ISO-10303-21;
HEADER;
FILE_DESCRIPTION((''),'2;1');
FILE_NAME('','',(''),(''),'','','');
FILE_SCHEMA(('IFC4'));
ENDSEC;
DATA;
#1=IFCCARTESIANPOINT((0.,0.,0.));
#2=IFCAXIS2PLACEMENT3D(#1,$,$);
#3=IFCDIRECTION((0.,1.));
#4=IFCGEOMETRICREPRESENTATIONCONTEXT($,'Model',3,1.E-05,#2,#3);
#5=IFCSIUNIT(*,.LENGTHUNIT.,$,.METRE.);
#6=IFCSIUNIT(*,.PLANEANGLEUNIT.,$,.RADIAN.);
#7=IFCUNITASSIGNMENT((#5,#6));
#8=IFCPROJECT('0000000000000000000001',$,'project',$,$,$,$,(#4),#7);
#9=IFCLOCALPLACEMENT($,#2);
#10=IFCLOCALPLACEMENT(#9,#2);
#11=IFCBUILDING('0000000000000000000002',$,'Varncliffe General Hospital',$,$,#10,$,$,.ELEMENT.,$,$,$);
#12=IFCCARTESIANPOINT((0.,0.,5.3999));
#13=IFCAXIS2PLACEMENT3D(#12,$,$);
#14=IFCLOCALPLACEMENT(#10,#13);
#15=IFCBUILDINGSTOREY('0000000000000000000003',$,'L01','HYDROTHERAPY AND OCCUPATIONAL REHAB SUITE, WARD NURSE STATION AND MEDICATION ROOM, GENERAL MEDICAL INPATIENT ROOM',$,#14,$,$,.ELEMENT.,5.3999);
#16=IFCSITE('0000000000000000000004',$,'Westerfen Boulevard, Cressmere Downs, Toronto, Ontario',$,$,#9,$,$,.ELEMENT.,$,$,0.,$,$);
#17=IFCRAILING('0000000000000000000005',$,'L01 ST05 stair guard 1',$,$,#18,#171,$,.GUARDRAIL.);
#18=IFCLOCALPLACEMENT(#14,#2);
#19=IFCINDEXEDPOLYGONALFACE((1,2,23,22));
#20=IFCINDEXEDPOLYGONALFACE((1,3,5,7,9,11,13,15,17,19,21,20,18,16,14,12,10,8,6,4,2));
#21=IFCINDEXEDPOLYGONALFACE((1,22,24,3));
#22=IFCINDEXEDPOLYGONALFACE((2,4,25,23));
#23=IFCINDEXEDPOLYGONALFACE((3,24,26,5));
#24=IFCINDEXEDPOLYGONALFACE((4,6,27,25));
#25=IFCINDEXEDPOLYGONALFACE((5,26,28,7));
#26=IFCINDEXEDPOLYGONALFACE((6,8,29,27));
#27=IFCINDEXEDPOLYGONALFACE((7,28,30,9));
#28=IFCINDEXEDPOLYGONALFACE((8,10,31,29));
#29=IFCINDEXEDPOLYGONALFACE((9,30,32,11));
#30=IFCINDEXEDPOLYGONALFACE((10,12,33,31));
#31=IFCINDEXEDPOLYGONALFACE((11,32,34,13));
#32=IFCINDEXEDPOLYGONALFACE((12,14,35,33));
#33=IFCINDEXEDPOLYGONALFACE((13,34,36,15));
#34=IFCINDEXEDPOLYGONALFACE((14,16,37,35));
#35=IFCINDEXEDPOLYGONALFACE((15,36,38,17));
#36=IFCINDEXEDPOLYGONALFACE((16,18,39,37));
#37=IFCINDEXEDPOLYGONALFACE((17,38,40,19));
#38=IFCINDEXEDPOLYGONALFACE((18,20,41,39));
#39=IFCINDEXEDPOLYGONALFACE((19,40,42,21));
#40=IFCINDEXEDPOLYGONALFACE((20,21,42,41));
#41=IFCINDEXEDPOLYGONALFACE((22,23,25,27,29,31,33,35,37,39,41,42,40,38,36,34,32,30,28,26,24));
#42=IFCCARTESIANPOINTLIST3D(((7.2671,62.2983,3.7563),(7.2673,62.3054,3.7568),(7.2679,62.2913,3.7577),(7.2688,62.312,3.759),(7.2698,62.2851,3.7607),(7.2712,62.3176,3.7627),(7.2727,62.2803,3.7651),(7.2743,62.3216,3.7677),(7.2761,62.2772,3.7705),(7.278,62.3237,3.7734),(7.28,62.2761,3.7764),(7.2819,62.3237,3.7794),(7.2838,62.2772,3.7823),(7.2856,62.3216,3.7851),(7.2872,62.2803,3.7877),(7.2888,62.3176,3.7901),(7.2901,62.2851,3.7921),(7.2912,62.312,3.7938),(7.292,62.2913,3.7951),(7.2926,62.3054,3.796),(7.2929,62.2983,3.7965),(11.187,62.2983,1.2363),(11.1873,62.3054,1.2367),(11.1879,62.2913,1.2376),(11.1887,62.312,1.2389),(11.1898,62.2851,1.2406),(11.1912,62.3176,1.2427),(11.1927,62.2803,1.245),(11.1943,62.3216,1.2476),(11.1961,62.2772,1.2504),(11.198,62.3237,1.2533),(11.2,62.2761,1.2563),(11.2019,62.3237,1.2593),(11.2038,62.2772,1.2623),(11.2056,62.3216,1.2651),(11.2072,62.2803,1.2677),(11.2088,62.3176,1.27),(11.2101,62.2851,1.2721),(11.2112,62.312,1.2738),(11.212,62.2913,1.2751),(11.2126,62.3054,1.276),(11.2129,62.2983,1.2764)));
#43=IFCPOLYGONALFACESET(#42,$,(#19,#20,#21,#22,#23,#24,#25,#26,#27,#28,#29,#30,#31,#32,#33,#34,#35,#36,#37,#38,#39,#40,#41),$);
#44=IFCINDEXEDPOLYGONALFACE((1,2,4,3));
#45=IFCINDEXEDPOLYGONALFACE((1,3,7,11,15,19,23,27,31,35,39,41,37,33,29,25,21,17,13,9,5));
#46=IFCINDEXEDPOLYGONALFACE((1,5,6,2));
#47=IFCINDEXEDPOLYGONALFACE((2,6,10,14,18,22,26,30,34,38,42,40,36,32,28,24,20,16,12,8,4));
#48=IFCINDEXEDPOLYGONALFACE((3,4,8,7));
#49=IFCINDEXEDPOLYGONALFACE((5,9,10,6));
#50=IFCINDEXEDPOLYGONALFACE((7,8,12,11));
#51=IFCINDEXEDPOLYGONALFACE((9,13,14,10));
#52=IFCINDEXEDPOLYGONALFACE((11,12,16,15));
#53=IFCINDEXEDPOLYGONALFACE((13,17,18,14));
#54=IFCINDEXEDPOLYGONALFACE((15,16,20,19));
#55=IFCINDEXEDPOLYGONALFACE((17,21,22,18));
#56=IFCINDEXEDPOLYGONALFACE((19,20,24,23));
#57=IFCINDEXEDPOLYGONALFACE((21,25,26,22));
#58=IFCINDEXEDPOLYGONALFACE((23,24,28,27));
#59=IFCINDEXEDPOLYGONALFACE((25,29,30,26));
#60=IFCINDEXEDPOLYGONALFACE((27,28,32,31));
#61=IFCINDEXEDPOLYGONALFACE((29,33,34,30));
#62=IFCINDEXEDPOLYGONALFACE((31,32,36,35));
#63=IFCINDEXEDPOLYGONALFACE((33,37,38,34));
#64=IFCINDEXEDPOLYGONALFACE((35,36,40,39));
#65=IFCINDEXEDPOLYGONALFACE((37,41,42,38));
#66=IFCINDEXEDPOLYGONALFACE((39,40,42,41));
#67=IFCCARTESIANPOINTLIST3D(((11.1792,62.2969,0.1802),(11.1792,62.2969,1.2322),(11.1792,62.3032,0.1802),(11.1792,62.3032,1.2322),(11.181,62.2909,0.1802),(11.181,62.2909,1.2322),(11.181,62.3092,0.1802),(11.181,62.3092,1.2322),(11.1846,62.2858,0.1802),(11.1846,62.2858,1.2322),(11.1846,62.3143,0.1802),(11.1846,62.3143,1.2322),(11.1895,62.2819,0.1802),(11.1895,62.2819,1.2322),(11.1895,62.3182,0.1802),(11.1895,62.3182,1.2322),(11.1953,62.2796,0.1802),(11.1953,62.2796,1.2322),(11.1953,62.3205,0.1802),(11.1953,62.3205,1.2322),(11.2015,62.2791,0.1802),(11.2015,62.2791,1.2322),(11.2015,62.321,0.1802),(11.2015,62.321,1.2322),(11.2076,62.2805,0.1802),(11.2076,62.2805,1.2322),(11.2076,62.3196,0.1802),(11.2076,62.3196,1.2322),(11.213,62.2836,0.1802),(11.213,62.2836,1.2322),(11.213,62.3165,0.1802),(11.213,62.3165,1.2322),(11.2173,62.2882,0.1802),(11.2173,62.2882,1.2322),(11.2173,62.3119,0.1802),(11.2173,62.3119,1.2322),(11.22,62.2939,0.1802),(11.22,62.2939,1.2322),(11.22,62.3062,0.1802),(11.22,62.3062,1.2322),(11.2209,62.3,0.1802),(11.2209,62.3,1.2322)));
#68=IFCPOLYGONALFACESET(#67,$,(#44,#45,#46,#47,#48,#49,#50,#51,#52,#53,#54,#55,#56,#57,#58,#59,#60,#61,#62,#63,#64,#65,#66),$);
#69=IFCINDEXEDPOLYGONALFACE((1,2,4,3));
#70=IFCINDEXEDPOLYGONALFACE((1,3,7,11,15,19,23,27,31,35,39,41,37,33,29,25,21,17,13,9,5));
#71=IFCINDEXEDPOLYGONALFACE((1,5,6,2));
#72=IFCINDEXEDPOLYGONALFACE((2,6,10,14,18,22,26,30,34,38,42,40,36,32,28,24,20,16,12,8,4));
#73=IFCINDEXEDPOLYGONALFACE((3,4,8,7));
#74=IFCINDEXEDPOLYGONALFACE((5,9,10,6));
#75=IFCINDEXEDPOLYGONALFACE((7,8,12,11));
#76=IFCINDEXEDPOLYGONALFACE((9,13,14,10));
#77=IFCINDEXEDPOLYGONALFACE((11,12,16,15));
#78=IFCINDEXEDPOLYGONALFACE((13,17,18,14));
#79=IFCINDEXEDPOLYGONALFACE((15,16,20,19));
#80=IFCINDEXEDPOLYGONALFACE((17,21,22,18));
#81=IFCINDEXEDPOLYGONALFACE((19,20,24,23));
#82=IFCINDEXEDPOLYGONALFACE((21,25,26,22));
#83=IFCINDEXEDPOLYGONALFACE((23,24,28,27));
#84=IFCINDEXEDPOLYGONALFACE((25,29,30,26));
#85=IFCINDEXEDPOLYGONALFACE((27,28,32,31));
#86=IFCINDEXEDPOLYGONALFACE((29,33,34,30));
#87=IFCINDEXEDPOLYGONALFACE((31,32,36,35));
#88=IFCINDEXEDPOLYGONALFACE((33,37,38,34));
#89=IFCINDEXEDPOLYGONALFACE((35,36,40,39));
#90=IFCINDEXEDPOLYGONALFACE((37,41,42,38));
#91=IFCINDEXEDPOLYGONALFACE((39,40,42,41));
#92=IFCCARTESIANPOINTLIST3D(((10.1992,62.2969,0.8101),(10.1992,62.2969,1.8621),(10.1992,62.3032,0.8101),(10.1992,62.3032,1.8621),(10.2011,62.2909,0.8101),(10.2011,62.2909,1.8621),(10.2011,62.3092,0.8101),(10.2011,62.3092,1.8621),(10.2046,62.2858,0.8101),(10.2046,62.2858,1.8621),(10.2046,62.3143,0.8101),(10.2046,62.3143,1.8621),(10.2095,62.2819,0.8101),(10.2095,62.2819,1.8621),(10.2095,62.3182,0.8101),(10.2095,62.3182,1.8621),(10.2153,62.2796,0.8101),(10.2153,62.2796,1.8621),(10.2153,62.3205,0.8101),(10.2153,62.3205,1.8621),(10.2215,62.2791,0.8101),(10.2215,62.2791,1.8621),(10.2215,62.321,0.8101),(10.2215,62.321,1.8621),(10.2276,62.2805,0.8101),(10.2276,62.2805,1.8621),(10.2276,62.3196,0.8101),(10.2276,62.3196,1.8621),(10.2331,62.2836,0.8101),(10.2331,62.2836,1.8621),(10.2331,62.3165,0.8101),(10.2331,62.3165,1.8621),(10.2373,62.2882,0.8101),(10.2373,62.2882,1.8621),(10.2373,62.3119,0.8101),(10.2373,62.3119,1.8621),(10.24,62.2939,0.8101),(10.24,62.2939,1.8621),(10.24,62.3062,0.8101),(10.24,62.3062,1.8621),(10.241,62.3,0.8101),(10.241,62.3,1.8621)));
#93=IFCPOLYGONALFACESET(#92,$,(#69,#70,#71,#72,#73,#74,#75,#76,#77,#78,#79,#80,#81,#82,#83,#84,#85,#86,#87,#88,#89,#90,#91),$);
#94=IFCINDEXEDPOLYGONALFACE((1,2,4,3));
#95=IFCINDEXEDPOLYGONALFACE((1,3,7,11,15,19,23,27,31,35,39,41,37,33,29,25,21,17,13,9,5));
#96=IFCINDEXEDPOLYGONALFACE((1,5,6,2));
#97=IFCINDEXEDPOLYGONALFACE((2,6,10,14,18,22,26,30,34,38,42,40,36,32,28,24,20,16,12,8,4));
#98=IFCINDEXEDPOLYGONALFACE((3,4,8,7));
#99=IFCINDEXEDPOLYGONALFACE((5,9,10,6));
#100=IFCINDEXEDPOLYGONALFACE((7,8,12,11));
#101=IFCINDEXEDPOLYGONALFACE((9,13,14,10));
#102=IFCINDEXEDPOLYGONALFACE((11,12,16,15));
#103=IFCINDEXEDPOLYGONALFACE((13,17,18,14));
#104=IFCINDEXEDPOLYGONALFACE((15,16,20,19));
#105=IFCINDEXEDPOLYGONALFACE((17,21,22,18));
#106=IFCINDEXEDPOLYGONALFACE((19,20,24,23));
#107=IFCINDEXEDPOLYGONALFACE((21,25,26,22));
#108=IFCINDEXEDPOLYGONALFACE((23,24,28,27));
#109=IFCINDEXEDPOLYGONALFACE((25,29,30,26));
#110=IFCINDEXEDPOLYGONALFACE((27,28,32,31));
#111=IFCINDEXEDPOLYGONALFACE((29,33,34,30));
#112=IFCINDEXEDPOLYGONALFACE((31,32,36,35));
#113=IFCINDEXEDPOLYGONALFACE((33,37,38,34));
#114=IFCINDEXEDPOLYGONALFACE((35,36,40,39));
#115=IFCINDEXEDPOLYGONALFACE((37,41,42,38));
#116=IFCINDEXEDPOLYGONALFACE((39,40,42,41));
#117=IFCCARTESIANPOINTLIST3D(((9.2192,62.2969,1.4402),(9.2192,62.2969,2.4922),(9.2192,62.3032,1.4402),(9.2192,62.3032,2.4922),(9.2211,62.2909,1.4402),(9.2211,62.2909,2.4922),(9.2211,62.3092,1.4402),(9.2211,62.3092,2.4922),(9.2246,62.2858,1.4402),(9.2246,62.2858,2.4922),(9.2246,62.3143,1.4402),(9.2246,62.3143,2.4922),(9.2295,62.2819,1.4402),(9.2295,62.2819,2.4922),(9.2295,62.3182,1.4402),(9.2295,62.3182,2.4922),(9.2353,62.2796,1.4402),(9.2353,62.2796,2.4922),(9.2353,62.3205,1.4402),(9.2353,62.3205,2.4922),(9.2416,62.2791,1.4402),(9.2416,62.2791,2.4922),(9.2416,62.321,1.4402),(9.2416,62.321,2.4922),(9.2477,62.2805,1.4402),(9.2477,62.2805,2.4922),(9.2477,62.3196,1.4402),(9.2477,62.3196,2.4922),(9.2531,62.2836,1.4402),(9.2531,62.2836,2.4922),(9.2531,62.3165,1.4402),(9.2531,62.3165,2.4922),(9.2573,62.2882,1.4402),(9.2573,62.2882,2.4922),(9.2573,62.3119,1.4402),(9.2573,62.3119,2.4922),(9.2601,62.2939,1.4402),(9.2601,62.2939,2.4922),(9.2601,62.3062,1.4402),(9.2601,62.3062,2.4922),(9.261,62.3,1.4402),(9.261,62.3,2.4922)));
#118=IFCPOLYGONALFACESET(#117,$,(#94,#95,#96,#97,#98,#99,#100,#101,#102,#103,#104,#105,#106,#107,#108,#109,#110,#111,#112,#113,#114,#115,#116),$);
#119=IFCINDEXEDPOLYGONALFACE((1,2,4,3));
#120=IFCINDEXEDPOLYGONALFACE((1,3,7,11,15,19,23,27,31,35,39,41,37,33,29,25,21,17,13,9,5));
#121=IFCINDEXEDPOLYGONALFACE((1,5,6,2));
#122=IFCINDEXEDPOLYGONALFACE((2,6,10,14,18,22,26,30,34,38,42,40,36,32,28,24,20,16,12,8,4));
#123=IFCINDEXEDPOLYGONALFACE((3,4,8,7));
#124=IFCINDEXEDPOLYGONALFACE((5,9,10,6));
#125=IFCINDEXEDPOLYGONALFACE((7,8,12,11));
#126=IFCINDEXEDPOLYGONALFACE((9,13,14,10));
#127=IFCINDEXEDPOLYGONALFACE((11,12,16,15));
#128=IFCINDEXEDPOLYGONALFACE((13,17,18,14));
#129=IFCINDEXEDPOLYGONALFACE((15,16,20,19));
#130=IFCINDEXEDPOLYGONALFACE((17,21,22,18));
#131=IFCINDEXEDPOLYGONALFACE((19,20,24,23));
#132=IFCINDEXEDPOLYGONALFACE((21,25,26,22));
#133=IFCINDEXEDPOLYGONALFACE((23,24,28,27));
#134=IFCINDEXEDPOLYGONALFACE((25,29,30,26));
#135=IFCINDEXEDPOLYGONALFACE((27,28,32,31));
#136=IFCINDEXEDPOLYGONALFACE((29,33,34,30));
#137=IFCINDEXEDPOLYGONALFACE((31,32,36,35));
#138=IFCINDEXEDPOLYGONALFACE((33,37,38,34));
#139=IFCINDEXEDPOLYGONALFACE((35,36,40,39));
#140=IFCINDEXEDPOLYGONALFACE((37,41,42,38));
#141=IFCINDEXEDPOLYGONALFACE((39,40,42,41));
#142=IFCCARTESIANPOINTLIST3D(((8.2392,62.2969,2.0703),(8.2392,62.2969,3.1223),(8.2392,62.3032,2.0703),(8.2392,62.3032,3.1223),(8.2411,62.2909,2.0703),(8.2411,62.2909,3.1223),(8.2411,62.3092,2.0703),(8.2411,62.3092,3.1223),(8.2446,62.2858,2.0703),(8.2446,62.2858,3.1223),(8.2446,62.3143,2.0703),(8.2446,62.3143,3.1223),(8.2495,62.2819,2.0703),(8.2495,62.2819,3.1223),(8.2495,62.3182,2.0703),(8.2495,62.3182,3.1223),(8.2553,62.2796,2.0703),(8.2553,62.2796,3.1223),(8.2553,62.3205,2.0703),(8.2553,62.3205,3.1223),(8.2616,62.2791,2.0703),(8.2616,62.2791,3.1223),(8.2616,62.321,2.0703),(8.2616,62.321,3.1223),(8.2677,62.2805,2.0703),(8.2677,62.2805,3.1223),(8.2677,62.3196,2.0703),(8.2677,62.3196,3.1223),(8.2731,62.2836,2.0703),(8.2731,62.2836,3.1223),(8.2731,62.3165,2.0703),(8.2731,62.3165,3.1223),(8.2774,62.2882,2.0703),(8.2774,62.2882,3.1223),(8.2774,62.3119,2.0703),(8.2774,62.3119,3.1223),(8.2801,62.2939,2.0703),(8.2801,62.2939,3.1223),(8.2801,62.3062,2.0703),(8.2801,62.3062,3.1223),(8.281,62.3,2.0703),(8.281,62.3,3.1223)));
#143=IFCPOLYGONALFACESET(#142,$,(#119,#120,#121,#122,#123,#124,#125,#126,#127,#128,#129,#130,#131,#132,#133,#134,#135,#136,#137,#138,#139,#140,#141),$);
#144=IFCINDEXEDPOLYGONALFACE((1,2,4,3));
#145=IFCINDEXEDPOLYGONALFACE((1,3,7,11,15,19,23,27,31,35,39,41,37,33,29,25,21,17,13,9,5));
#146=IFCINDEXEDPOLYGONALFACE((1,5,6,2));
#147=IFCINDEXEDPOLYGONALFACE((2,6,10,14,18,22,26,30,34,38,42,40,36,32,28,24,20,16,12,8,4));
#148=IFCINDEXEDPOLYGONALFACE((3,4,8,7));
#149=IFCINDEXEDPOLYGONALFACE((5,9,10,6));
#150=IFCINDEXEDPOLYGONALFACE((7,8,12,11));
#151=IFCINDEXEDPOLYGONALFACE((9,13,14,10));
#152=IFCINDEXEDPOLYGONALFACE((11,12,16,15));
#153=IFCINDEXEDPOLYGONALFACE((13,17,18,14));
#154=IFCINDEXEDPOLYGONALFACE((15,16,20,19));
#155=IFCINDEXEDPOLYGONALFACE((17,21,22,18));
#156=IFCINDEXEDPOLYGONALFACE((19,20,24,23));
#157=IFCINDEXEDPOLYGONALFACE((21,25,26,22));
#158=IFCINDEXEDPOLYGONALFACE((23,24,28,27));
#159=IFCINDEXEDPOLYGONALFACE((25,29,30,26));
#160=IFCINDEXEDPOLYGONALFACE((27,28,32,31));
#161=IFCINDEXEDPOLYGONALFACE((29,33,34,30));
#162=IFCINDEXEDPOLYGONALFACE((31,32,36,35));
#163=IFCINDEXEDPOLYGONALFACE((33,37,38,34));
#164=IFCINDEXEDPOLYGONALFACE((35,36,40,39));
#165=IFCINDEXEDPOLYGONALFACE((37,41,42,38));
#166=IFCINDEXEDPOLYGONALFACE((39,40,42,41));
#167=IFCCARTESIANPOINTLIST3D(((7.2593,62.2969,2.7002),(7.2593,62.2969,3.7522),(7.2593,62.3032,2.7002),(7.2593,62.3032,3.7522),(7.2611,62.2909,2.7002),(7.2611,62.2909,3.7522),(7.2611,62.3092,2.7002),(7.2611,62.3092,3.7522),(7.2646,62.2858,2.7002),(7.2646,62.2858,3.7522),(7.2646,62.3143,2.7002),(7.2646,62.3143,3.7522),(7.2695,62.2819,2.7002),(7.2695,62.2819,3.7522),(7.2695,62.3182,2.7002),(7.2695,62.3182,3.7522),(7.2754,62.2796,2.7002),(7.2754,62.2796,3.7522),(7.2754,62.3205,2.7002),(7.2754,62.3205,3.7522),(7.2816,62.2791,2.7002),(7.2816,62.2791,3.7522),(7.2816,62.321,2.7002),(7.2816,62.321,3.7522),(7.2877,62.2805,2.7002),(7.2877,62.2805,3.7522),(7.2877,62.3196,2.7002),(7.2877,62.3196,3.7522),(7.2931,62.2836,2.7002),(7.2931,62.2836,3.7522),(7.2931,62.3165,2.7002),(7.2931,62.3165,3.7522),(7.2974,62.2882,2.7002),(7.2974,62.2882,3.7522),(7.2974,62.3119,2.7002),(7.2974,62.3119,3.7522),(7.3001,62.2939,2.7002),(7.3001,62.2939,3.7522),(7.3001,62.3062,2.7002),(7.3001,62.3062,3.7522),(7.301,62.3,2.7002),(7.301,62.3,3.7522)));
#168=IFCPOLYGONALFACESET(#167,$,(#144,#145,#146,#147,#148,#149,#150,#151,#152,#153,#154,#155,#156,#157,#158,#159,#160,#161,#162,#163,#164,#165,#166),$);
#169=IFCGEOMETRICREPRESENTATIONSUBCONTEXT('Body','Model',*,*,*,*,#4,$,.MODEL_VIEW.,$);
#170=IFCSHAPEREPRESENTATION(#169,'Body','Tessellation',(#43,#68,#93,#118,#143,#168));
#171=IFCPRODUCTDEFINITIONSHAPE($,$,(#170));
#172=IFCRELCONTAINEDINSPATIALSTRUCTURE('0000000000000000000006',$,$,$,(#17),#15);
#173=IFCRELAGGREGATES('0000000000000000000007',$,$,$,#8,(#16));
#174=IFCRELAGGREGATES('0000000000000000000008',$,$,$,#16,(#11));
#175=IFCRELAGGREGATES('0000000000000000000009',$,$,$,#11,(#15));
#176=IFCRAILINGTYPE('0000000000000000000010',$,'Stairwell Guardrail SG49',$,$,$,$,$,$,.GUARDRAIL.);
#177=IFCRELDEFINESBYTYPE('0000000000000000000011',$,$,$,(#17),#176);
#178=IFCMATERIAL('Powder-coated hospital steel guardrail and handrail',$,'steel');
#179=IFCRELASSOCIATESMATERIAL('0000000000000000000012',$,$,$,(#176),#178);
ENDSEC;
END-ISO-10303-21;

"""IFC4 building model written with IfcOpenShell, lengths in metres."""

from ifc_helpers import new_model, si_unit, direction, frame, origin, origin_2d, place, context, subcontext, project, spatial, circle, extrude, material, type_object, element, save


model = new_model("IFC4")

# Units and contexts
model_context = context("Model", 3, precision=1e-05, world=origin(), true_north=direction((0.0, 1.0)))
body_context = subcontext(model_context, "Body", "Model", "MODEL_VIEW")
ifc_project = project(units=[si_unit("LENGTHUNIT", "METRE"), si_unit("PLANEANGLEUNIT", "RADIAN")], contexts=[model_context])

# Site, building, storey
site_placement = place(None, origin())
site = spatial("IfcSite", under=ifc_project, at=site_placement, Name="Westerfen Boulevard, Cressmere Downs, Toronto, Ontario", CompositionType="ELEMENT", RefElevation=0.0)
building_placement = place(site_placement, origin())
building = spatial("IfcBuilding", under=site, at=building_placement, Name="Varncliffe General Hospital", CompositionType="ELEMENT")
storey_placement = place(building_placement, frame((0.0, 0.0, 5.3999)))
storey = spatial("IfcBuildingStorey", under=building, at=storey_placement, Name="L01", Description="HYDROTHERAPY AND OCCUPATIONAL REHAB SUITE, WARD NURSE STATION AND MEDICATION ROOM, GENERAL MEDICAL INPATIENT ROOM", CompositionType="ELEMENT", Elevation=5.3999)

# Railing
ifc_material_1 = material(Name="Powder-coated hospital steel guardrail and handrail", Category="steel")
railing_type_1 = type_object("IfcRailingType", Name="Stairwell Guardrail SG49", PredefinedType="GUARDRAIL", material=ifc_material_1)
railing_1_placement = place(storey_placement, frame((11.2, 62.3, 0.1802)))
element("IfcRailing", 1, at=railing_1_placement, inside=storey, type_object=railing_type_1, Name="L01 ST05 stair guard 1", PredefinedType="GUARDRAIL", context=body_context, shape_type="SweptSolid", body=[
    extrude(circle(Radius=0.0239, at=origin_2d()), frame((0.0, 0.0, 1.0762), z_axis=(-0.841172, 0.0, 0.540768), x_axis=(0.0, -1.0, 0.0)), (0.0, 0.0, 1.0), 4.6602),
    extrude(circle(Radius=0.021, at=origin_2d()), origin(), (0.0, 0.0, 1.0), 1.052),
    extrude(circle(Radius=0.021, at=origin_2d()), frame((-0.98, 0.0, 0.6299)), (0.0, 0.0, 1.0), 1.052),
    extrude(circle(Radius=0.021, at=origin_2d()), frame((-1.96, 0.0, 1.26)), (0.0, 0.0, 1.0), 1.052),
    extrude(circle(Radius=0.021, at=origin_2d()), frame((-2.9399, 0.0, 1.8901)), (0.0, 0.0, 1.0), 1.052),
    extrude(circle(Radius=0.021, at=origin_2d()), frame((-3.9199, 0.0, 2.52)), (0.0, 0.0, 1.0), 1.052),
])

save(model, "model.ifc")
